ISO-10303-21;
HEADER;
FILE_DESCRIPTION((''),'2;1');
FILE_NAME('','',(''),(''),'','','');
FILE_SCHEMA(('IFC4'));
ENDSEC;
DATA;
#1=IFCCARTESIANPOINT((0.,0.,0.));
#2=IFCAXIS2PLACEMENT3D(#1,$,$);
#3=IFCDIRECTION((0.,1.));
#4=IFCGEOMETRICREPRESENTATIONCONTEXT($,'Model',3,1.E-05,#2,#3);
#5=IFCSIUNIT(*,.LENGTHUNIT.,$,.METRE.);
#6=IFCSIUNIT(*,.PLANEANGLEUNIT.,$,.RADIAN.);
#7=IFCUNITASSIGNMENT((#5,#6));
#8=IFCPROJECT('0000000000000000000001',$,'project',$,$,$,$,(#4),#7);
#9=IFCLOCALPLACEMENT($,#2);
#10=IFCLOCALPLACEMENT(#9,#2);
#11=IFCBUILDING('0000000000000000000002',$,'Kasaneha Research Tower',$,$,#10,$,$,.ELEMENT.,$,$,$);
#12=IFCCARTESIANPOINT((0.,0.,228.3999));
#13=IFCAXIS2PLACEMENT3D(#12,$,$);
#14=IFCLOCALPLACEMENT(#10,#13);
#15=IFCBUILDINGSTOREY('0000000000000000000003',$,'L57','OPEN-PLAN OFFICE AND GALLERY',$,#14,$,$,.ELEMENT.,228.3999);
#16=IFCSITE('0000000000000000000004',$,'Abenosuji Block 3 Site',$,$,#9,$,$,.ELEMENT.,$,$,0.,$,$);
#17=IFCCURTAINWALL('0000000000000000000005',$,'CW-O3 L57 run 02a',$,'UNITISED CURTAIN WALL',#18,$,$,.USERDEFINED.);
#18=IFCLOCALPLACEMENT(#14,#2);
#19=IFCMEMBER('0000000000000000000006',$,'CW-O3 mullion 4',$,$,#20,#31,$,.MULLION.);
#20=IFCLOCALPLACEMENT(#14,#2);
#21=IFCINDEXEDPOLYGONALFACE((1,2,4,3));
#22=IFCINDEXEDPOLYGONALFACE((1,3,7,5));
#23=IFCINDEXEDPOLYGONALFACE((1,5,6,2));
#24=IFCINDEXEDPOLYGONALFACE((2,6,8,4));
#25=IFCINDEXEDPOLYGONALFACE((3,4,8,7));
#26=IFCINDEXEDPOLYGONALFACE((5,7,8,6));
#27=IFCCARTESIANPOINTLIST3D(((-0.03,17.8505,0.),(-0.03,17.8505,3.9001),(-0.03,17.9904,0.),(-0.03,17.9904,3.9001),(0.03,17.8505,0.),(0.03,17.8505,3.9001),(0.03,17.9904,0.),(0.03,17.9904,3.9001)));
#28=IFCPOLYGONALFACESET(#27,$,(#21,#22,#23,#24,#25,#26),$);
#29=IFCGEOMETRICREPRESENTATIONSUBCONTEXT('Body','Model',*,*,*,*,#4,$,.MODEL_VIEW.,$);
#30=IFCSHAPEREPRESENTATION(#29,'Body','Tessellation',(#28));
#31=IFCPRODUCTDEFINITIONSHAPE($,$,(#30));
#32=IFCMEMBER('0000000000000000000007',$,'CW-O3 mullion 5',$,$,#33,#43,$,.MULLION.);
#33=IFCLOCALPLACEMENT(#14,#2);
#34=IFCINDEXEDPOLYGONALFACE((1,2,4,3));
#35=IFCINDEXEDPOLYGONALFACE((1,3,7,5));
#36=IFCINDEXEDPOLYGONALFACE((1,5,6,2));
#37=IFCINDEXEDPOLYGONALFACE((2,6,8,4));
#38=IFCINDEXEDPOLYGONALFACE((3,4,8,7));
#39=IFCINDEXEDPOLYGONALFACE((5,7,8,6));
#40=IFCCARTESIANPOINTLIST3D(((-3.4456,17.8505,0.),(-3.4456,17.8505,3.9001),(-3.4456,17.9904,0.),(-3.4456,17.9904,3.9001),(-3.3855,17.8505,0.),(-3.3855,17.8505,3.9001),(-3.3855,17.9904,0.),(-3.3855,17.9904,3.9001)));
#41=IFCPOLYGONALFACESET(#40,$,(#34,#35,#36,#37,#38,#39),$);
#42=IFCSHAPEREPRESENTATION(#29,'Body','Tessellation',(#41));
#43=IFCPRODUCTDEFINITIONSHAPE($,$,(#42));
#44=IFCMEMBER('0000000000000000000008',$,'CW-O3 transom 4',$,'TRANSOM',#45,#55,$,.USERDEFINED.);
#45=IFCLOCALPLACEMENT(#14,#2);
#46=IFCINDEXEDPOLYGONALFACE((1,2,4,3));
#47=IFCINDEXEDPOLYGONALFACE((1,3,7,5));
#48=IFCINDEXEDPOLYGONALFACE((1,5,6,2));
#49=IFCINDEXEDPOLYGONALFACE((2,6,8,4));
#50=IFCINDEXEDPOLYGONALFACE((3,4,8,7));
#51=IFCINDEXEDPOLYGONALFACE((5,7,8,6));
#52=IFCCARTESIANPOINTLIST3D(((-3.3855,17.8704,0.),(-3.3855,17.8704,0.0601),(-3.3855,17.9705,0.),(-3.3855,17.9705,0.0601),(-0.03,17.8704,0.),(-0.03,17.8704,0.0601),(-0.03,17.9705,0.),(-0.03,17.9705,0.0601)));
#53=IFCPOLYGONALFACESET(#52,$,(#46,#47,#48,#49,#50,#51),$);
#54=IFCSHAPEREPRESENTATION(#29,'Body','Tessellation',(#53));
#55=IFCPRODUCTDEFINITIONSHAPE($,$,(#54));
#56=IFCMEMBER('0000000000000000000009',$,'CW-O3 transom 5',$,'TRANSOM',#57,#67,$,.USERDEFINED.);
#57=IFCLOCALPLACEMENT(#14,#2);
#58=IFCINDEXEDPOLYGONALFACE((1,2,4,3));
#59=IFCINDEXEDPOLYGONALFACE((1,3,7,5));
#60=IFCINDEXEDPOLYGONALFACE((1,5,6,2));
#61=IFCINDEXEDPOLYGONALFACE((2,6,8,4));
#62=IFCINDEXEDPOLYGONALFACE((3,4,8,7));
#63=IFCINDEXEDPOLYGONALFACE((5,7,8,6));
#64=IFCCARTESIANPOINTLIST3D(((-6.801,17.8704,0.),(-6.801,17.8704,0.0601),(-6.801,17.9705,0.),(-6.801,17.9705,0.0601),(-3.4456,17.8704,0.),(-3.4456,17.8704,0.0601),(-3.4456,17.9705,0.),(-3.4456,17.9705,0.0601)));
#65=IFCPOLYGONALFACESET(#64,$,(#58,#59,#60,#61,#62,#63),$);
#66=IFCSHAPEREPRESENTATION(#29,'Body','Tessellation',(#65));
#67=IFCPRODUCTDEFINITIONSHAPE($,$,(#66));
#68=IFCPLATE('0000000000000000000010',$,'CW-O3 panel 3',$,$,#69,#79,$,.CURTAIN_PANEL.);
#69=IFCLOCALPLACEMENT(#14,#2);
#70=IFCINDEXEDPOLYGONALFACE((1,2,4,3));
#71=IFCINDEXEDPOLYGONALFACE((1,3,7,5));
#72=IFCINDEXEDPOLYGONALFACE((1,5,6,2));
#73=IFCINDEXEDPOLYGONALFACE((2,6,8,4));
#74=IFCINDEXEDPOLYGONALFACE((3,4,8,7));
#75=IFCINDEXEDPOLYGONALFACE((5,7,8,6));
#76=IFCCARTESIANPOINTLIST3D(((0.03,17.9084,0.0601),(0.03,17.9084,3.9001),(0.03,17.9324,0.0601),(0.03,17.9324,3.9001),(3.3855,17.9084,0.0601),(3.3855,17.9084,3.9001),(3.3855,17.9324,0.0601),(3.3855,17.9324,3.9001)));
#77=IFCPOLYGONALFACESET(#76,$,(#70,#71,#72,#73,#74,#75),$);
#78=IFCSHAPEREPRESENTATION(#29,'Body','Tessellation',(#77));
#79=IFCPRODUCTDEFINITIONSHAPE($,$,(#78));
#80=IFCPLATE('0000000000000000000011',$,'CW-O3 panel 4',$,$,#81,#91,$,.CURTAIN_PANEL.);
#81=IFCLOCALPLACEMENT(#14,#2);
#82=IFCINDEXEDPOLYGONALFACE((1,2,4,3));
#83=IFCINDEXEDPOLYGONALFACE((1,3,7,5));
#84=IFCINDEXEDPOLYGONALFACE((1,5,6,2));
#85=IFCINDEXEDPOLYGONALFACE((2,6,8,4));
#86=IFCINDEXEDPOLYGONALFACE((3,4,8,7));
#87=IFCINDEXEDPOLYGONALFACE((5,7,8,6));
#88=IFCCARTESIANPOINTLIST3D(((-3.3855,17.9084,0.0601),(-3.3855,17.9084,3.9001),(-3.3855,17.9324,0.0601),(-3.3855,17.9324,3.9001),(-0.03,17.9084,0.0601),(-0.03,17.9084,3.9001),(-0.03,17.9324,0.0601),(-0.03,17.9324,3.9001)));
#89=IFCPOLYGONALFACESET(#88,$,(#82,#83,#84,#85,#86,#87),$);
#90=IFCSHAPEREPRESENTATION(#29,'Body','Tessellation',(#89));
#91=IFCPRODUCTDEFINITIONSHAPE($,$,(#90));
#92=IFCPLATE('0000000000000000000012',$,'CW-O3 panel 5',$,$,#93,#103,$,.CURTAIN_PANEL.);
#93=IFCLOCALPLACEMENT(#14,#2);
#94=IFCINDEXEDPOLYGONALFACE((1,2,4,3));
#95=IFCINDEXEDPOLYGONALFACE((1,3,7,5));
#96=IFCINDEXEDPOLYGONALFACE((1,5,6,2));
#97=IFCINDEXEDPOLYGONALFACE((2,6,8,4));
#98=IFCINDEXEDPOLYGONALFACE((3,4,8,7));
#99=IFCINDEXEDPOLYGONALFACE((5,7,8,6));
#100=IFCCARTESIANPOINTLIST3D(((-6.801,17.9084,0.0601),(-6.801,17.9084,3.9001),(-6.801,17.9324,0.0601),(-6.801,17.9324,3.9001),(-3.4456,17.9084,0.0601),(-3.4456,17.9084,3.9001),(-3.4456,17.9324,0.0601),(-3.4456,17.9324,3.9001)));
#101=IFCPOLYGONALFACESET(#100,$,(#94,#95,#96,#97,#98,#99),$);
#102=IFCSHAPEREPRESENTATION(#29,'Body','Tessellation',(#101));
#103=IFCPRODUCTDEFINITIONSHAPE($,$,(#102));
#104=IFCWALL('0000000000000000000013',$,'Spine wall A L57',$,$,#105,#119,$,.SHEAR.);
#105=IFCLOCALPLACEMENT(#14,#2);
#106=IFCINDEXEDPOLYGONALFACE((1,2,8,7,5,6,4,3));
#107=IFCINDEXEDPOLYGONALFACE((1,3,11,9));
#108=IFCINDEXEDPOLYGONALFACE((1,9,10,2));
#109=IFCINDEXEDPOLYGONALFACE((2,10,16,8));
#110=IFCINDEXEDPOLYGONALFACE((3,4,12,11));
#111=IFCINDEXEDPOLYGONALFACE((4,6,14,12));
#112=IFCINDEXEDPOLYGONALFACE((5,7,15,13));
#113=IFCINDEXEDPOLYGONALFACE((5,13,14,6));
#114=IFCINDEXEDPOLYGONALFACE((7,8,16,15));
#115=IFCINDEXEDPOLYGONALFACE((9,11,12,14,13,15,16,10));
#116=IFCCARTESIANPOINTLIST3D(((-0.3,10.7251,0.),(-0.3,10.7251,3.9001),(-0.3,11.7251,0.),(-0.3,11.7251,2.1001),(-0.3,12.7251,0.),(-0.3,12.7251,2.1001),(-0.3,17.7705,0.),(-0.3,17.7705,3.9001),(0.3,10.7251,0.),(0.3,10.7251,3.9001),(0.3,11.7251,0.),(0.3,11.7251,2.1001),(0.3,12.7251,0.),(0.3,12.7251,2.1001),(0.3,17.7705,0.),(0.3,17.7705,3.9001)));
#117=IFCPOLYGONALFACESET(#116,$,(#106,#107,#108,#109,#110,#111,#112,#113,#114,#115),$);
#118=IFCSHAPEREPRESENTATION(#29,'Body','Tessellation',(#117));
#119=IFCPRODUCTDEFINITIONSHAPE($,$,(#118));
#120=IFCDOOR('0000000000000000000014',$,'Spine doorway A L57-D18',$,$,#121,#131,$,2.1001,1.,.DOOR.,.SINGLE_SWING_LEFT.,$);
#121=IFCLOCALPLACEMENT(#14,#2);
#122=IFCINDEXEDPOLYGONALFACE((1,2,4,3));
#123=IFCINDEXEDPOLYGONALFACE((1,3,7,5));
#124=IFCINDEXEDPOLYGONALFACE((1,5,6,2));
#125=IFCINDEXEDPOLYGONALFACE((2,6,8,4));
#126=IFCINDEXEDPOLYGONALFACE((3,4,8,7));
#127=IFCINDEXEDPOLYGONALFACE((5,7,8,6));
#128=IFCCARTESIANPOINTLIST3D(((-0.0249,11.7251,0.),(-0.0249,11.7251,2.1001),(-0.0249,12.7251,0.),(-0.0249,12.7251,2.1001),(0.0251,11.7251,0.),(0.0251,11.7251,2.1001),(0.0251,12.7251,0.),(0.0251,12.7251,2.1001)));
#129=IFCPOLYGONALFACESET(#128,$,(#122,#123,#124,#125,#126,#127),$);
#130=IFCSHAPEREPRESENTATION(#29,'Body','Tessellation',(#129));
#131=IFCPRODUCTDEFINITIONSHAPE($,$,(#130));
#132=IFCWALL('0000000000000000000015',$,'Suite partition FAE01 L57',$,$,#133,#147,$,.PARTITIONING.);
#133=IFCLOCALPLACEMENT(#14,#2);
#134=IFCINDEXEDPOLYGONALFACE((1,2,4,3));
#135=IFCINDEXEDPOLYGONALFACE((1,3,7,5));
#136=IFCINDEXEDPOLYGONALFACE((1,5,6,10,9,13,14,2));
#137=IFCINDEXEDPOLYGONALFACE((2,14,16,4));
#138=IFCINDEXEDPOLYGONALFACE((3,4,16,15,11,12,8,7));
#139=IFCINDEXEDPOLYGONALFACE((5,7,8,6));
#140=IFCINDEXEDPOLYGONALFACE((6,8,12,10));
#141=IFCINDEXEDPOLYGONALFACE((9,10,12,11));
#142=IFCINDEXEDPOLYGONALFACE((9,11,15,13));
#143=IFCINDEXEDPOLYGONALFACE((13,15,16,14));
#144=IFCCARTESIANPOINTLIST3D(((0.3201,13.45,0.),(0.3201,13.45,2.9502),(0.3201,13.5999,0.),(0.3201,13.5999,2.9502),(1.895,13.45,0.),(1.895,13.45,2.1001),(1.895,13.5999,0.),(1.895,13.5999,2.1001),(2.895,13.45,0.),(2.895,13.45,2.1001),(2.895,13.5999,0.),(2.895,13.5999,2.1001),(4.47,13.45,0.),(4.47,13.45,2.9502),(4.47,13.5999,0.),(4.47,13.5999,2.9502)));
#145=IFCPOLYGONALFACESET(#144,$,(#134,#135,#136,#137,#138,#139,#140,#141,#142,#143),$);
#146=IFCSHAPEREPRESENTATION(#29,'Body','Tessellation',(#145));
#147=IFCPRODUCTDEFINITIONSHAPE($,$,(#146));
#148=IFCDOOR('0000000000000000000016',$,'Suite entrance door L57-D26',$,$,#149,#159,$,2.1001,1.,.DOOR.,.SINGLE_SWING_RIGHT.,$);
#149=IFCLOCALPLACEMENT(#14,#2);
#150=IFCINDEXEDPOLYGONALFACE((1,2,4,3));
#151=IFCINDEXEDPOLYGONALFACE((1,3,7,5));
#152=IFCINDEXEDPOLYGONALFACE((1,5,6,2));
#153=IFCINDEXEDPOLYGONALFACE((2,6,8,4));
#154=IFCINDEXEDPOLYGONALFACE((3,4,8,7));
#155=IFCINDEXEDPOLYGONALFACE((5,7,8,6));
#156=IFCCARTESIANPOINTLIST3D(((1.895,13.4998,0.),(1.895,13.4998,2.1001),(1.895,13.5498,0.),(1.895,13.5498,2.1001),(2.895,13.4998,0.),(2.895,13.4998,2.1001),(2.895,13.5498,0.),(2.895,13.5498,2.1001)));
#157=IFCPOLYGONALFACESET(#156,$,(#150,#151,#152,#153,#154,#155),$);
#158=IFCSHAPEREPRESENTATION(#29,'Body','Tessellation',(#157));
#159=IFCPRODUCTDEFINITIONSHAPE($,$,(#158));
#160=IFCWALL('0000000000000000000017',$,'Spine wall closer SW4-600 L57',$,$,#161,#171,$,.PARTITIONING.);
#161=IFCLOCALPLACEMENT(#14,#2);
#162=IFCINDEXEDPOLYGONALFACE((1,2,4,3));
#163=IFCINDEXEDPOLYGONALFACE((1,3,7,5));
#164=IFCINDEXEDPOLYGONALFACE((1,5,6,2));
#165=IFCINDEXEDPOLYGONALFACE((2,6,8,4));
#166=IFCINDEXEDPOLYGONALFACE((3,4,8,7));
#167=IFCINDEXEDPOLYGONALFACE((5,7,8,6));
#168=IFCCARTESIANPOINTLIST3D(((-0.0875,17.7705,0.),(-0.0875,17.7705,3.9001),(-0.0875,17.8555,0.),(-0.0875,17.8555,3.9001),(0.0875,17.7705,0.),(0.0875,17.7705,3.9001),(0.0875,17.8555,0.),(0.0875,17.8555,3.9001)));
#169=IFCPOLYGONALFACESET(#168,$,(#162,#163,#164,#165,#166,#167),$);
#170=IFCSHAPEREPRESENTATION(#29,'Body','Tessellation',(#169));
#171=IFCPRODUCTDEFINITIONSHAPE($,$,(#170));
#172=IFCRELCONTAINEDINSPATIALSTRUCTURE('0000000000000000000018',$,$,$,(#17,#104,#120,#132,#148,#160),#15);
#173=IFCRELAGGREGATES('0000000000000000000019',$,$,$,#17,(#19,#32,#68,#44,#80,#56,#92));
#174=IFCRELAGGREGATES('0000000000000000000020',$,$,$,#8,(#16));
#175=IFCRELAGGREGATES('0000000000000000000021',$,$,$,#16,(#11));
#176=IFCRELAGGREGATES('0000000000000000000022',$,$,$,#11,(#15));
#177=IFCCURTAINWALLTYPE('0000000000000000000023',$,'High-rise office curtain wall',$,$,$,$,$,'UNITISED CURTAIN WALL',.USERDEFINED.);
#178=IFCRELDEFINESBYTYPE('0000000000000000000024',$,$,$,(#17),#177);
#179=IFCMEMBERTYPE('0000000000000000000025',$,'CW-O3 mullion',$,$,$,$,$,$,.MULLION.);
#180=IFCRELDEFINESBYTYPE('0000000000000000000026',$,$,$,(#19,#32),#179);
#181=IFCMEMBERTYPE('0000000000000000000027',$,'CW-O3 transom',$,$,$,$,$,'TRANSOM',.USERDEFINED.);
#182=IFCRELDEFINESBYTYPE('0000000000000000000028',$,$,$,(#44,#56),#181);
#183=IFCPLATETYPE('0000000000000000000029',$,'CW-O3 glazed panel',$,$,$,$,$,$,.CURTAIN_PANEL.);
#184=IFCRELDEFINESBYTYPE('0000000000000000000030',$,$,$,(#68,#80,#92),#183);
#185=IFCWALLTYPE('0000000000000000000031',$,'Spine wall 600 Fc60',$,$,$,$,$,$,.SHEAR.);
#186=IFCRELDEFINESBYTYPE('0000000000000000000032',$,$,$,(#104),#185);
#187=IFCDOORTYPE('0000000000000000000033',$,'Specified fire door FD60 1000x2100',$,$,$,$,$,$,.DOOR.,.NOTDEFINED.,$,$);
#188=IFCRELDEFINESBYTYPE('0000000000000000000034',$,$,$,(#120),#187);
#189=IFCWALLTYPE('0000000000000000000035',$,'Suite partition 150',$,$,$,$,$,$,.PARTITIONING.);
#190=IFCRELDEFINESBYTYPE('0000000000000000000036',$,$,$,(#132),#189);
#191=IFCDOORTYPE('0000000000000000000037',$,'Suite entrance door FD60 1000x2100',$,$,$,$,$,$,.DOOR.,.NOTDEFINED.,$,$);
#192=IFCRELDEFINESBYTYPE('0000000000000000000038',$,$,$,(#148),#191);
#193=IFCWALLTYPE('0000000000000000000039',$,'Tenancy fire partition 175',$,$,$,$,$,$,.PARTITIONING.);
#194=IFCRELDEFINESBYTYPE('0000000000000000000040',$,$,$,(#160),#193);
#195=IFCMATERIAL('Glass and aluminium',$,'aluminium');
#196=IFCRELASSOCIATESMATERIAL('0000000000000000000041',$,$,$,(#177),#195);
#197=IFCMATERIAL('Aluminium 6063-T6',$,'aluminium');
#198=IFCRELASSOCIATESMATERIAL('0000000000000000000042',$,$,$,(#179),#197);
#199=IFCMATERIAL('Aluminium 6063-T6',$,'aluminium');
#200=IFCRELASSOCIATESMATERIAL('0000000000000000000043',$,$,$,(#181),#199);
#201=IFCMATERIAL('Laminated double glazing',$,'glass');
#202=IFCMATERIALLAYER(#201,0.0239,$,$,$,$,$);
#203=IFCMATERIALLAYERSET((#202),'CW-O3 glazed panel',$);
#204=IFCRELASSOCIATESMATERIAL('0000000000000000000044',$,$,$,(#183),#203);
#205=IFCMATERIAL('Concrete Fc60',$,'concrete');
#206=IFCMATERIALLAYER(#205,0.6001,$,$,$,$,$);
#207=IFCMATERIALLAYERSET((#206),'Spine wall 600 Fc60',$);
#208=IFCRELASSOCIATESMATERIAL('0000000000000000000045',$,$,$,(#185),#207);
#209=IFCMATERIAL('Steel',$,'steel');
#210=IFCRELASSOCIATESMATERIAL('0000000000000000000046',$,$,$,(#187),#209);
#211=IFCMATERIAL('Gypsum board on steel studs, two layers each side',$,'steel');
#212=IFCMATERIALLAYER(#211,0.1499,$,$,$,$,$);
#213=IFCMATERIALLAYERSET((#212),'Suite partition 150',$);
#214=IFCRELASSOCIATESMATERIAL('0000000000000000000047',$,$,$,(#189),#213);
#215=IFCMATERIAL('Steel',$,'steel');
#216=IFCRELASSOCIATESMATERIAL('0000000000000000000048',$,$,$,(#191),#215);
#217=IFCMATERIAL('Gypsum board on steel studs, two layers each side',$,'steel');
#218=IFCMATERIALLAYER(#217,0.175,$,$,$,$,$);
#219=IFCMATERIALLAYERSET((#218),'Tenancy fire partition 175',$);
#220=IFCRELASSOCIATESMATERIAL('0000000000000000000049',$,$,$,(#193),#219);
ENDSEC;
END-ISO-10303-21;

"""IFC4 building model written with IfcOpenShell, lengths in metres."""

from ifc_helpers import new_model, si_unit, direction, frame, frame_2d, origin, origin_2d, place, context, subcontext, project, spatial, rectangle, extrude, material, layer, layer_set, material_profile, profile_set, type_object, element, fill, aggregate, save


model = new_model("IFC4")

# Units and contexts
model_context = context("Model", 3, precision=1e-05, world=origin(), true_north=direction((0.0, 1.0)))
body_context = subcontext(model_context, "Body", "Model", "MODEL_VIEW")
ifc_project = project(units=[si_unit("LENGTHUNIT", "METRE"), si_unit("PLANEANGLEUNIT", "RADIAN")], contexts=[model_context])

# Site, building, storey
site_placement = place(None, origin())
site = spatial("IfcSite", under=ifc_project, at=site_placement, Name="Abenosuji Block 3 Site", CompositionType="ELEMENT", RefElevation=0.0)
building_placement = place(site_placement, origin())
building = spatial("IfcBuilding", under=site, at=building_placement, Name="Kasaneha Research Tower", CompositionType="ELEMENT")
storey_placement = place(building_placement, frame((0.0, 0.0, 228.3999)))
storey = spatial("IfcBuildingStorey", under=building, at=storey_placement, Name="L57", Description="OPEN-PLAN OFFICE AND GALLERY", CompositionType="ELEMENT", Elevation=228.3999)

# Curtain wall, members, plates
ifc_material_1 = material(Name="Glass and aluminium", Category="aluminium")
curtain_wall_type = type_object("IfcCurtainWallType", Name="High-rise office curtain wall", ElementType="UNITISED CURTAIN WALL", PredefinedType="USERDEFINED", material=ifc_material_1)
curtain_wall_placement = place(storey_placement, origin())
curtain_wall = element("IfcCurtainWall", 1, at=curtain_wall_placement, inside=storey, type_object=curtain_wall_type, Name="CW-O3 L57 run 02a", ObjectType="UNITISED CURTAIN WALL", PredefinedType="USERDEFINED")
ifc_material_2 = material(Name="Aluminium 6063-T6", Category="aluminium")
ifc_material_profile_1 = material_profile(ifc_material_2, rectangle(XDim=0.0601, YDim=0.1399, at=origin_2d()), Name="CW-O3 mullion 60x140")
ifc_profile_set_1 = profile_set([ifc_material_profile_1], Name="Aluminium 6063-T6")
member_type_1 = type_object("IfcMemberType", Name="CW-O3 mullion", PredefinedType="MULLION", material=ifc_profile_set_1)
member_1_placement = place(storey_placement, frame((0.0, 17.9204, 0.0), z_axis=(0.0, 0.0, 1.0), x_axis=(-1.0, 0.0, 0.0)))
member_1 = element("IfcMember", 2, at=member_1_placement, type_object=member_type_1, Name="CW-O3 mullion 4", PredefinedType="MULLION", context=body_context, shape_type="SweptSolid", body=[
    extrude(rectangle(XDim=0.0601, YDim=0.1399, at=origin_2d()), origin(), (0.0, 0.0, 1.0), 3.9001),
])
member_2_placement = place(storey_placement, frame((-3.4155, 17.9204, 0.0), z_axis=(0.0, 0.0, 1.0), x_axis=(-1.0, 0.0, 0.0)))
member_2 = element("IfcMember", 3, at=member_2_placement, type_object=member_type_1, Name="CW-O3 mullion 5", PredefinedType="MULLION", context=body_context, shape_type="SweptSolid", body=[
    extrude(rectangle(XDim=0.0601, YDim=0.1399, at=origin_2d()), origin(), (0.0, 0.0, 1.0), 3.9001),
])
ifc_material_3 = material(Name="Aluminium 6063-T6", Category="aluminium")
ifc_material_profile_2 = material_profile(ifc_material_3, rectangle(XDim=0.1001, YDim=0.0601, at=origin_2d()), Name="CW-O3 transom 100x60")
ifc_profile_set_2 = profile_set([ifc_material_profile_2], Name="Aluminium 6063-T6")
member_type_2 = type_object("IfcMemberType", Name="CW-O3 transom", ElementType="TRANSOM", PredefinedType="USERDEFINED", material=ifc_profile_set_2)
member_3_placement = place(storey_placement, frame((-0.03, 17.9204, 0.03), z_axis=(-1.0, 0.0, 0.0), x_axis=(0.0, -1.0, 0.0)))
member_3 = element("IfcMember", 4, at=member_3_placement, type_object=member_type_2, Name="CW-O3 transom 4", ObjectType="TRANSOM", PredefinedType="USERDEFINED", context=body_context, shape_type="SweptSolid", body=[
    extrude(rectangle(XDim=0.1001, YDim=0.0601, at=origin_2d()), origin(), (0.0, 0.0, 1.0), 3.3555),
])
member_4_placement = place(storey_placement, frame((-3.4456, 17.9204, 0.03), z_axis=(-1.0, 0.0, 0.0), x_axis=(0.0, -1.0, 0.0)))
member_4 = element("IfcMember", 5, at=member_4_placement, type_object=member_type_2, Name="CW-O3 transom 5", ObjectType="TRANSOM", PredefinedType="USERDEFINED", context=body_context, shape_type="SweptSolid", body=[
    extrude(rectangle(XDim=0.1001, YDim=0.0601, at=origin_2d()), origin(), (0.0, 0.0, 1.0), 3.3555),
])
ifc_material_4 = material(Name="Laminated double glazing", Category="glass")
ifc_layer_1 = layer(ifc_material_4, 0.0239)
ifc_layer_set_1 = layer_set([ifc_layer_1], Name="CW-O3 glazed panel")
plate_type = type_object("IfcPlateType", Name="CW-O3 glazed panel", PredefinedType="CURTAIN_PANEL", material=ifc_layer_set_1)
plate_1_placement = place(storey_placement, frame((1.7078, 17.9204, 0.0601), z_axis=(0.0, 0.0, 1.0), x_axis=(-1.0, 0.0, 0.0)))
plate_1 = element("IfcPlate", 6, at=plate_1_placement, type_object=plate_type, Name="CW-O3 panel 3", PredefinedType="CURTAIN_PANEL", context=body_context, shape_type="SweptSolid", body=[
    extrude(rectangle(XDim=3.3555, YDim=0.0239, at=origin_2d()), origin(), (0.0, 0.0, 1.0), 3.8401),
])
plate_2_placement = place(storey_placement, frame((-1.7078, 17.9204, 0.0601), z_axis=(0.0, 0.0, 1.0), x_axis=(-1.0, 0.0, 0.0)))
plate_2 = element("IfcPlate", 7, at=plate_2_placement, type_object=plate_type, Name="CW-O3 panel 4", PredefinedType="CURTAIN_PANEL", context=body_context, shape_type="SweptSolid", body=[
    extrude(rectangle(XDim=3.3555, YDim=0.0239, at=origin_2d()), origin(), (0.0, 0.0, 1.0), 3.8401),
])
plate_3_placement = place(storey_placement, frame((-5.1233, 17.9204, 0.0601), z_axis=(0.0, 0.0, 1.0), x_axis=(-1.0, 0.0, 0.0)))
plate_3 = element("IfcPlate", 8, at=plate_3_placement, type_object=plate_type, Name="CW-O3 panel 5", PredefinedType="CURTAIN_PANEL", context=body_context, shape_type="SweptSolid", body=[
    extrude(rectangle(XDim=3.3555, YDim=0.0239, at=origin_2d()), origin(), (0.0, 0.0, 1.0), 3.8401),
])
aggregate(curtain_wall, [member_1, member_2, plate_1, member_3, plate_2, member_4, plate_3])

# Walls, openings, doors
ifc_material_5 = material(Name="Concrete Fc60", Category="concrete")
ifc_layer_2 = layer(ifc_material_5, 0.6001)
ifc_layer_set_2 = layer_set([ifc_layer_2], Name="Spine wall 600 Fc60")
wall_type_1 = type_object("IfcWallType", Name="Spine wall 600 Fc60", PredefinedType="SHEAR", material=ifc_layer_set_2)
wall_1_placement = place(storey_placement, frame((0.0, 10.7251, 0.0), z_axis=(0.0, 0.0, 1.0), x_axis=(0.0, 1.0, 0.0)))
wall_1 = element("IfcWall", 9, at=wall_1_placement, inside=storey, type_object=wall_type_1, Name="Spine wall A L57", PredefinedType="SHEAR", context=body_context, shape_type="SweptSolid", body=[
    extrude(rectangle(XDim=7.0454, YDim=0.6001, at=frame_2d((3.5227, 0.0))), origin(), (0.0, 0.0, 1.0), 3.9001),
])
opening_1_placement = place(wall_1_placement, frame((1.0, 0.0, 0.0)))
opening_1 = element("IfcOpeningElement", 10, at=opening_1_placement, cuts=wall_1, PredefinedType="OPENING", context=body_context, shape_type="SweptSolid", body=[
    extrude(rectangle(XDim=1.0, YDim=2.1001, at=frame_2d((0.5, 1.05))), frame((0.0, 0.3101, 0.0), z_axis=(0.0, -1.0, 0.0), x_axis=(1.0, 0.0, 0.0)), (0.0, 0.0, 1.0), 0.6201),
])
ifc_material_6 = material(Name="Steel", Category="steel")
door_type_1 = type_object("IfcDoorType", Name="Specified fire door FD60 1000x2100", OperationType="NOTDEFINED", PredefinedType="DOOR", material=ifc_material_6)
door_1_placement = place(opening_1_placement, origin())
door_1 = element("IfcDoor", 11, at=door_1_placement, inside=storey, type_object=door_type_1, Name="Spine doorway A L57-D18", OperationType="SINGLE_SWING_LEFT", OverallHeight=2.1001, OverallWidth=1.0, PredefinedType="DOOR", context=body_context, shape_type="SweptSolid", body=[
    extrude(rectangle(XDim=1.0, YDim=2.1001, at=frame_2d((0.5, 1.05))), frame((0.0, 0.0249, 0.0), z_axis=(0.0, -1.0, 0.0), x_axis=(1.0, 0.0, 0.0)), (0.0, 0.0, 1.0), 0.05),
])
fill(opening_1, door_1)
ifc_material_7 = material(Name="Gypsum board on steel studs, two layers each side", Category="steel")
ifc_layer_3 = layer(ifc_material_7, 0.1499)
ifc_layer_set_3 = layer_set([ifc_layer_3], Name="Suite partition 150")
wall_type_2 = type_object("IfcWallType", Name="Suite partition 150", PredefinedType="PARTITIONING", material=ifc_layer_set_3)
wall_2_placement = place(storey_placement, frame((0.3201, 13.5249, 0.0), z_axis=(0.0, 0.0, 1.0), x_axis=(1.0, 0.0, 0.0)))
wall_2 = element("IfcWall", 12, at=wall_2_placement, inside=storey, type_object=wall_type_2, Name="Suite partition FAE01 L57", PredefinedType="PARTITIONING", context=body_context, shape_type="SweptSolid", body=[
    extrude(rectangle(XDim=4.1499, YDim=0.1499, at=frame_2d((2.075, 0.0))), origin(), (0.0, 0.0, 1.0), 2.9502),
])
opening_2_placement = place(wall_2_placement, frame((1.575, 0.0, 0.0)))
opening_2 = element("IfcOpeningElement", 13, at=opening_2_placement, cuts=wall_2, PredefinedType="OPENING", context=body_context, shape_type="SweptSolid", body=[
    extrude(rectangle(XDim=1.0, YDim=2.1001, at=frame_2d((0.5, 1.05))), frame((0.0, 0.085, 0.0), z_axis=(0.0, -1.0, 0.0), x_axis=(1.0, 0.0, 0.0)), (0.0, 0.0, 1.0), 0.1699),
])
ifc_material_8 = material(Name="Steel", Category="steel")
door_type_2 = type_object("IfcDoorType", Name="Suite entrance door FD60 1000x2100", OperationType="NOTDEFINED", PredefinedType="DOOR", material=ifc_material_8)
door_2_placement = place(opening_2_placement, origin())
door_2 = element("IfcDoor", 14, at=door_2_placement, inside=storey, type_object=door_type_2, Name="Suite entrance door L57-D26", OperationType="SINGLE_SWING_RIGHT", OverallHeight=2.1001, OverallWidth=1.0, PredefinedType="DOOR", context=body_context, shape_type="SweptSolid", body=[
    extrude(rectangle(XDim=1.0, YDim=2.1001, at=frame_2d((0.5, 1.05))), frame((0.0, 0.0249, 0.0), z_axis=(0.0, -1.0, 0.0), x_axis=(1.0, 0.0, 0.0)), (0.0, 0.0, 1.0), 0.05),
])
fill(opening_2, door_2)

# Wall
ifc_material_9 = material(Name="Gypsum board on steel studs, two layers each side", Category="steel")
ifc_layer_4 = layer(ifc_material_9, 0.175)
ifc_layer_set_4 = layer_set([ifc_layer_4], Name="Tenancy fire partition 175")
wall_type_3 = type_object("IfcWallType", Name="Tenancy fire partition 175", PredefinedType="PARTITIONING", material=ifc_layer_set_4)
wall_3_placement = place(storey_placement, frame((0.0, 17.7705, 0.0), z_axis=(0.0, 0.0, 1.0), x_axis=(0.0, 1.0, 0.0)))
element("IfcWall", 15, at=wall_3_placement, inside=storey, type_object=wall_type_3, Name="Spine wall closer SW4-600 L57", PredefinedType="PARTITIONING", context=body_context, shape_type="SweptSolid", body=[
    extrude(rectangle(XDim=0.085, YDim=0.175, at=frame_2d((0.0425, 0.0))), origin(), (0.0, 0.0, 1.0), 3.9001),
])

save(model, "model.ifc")
